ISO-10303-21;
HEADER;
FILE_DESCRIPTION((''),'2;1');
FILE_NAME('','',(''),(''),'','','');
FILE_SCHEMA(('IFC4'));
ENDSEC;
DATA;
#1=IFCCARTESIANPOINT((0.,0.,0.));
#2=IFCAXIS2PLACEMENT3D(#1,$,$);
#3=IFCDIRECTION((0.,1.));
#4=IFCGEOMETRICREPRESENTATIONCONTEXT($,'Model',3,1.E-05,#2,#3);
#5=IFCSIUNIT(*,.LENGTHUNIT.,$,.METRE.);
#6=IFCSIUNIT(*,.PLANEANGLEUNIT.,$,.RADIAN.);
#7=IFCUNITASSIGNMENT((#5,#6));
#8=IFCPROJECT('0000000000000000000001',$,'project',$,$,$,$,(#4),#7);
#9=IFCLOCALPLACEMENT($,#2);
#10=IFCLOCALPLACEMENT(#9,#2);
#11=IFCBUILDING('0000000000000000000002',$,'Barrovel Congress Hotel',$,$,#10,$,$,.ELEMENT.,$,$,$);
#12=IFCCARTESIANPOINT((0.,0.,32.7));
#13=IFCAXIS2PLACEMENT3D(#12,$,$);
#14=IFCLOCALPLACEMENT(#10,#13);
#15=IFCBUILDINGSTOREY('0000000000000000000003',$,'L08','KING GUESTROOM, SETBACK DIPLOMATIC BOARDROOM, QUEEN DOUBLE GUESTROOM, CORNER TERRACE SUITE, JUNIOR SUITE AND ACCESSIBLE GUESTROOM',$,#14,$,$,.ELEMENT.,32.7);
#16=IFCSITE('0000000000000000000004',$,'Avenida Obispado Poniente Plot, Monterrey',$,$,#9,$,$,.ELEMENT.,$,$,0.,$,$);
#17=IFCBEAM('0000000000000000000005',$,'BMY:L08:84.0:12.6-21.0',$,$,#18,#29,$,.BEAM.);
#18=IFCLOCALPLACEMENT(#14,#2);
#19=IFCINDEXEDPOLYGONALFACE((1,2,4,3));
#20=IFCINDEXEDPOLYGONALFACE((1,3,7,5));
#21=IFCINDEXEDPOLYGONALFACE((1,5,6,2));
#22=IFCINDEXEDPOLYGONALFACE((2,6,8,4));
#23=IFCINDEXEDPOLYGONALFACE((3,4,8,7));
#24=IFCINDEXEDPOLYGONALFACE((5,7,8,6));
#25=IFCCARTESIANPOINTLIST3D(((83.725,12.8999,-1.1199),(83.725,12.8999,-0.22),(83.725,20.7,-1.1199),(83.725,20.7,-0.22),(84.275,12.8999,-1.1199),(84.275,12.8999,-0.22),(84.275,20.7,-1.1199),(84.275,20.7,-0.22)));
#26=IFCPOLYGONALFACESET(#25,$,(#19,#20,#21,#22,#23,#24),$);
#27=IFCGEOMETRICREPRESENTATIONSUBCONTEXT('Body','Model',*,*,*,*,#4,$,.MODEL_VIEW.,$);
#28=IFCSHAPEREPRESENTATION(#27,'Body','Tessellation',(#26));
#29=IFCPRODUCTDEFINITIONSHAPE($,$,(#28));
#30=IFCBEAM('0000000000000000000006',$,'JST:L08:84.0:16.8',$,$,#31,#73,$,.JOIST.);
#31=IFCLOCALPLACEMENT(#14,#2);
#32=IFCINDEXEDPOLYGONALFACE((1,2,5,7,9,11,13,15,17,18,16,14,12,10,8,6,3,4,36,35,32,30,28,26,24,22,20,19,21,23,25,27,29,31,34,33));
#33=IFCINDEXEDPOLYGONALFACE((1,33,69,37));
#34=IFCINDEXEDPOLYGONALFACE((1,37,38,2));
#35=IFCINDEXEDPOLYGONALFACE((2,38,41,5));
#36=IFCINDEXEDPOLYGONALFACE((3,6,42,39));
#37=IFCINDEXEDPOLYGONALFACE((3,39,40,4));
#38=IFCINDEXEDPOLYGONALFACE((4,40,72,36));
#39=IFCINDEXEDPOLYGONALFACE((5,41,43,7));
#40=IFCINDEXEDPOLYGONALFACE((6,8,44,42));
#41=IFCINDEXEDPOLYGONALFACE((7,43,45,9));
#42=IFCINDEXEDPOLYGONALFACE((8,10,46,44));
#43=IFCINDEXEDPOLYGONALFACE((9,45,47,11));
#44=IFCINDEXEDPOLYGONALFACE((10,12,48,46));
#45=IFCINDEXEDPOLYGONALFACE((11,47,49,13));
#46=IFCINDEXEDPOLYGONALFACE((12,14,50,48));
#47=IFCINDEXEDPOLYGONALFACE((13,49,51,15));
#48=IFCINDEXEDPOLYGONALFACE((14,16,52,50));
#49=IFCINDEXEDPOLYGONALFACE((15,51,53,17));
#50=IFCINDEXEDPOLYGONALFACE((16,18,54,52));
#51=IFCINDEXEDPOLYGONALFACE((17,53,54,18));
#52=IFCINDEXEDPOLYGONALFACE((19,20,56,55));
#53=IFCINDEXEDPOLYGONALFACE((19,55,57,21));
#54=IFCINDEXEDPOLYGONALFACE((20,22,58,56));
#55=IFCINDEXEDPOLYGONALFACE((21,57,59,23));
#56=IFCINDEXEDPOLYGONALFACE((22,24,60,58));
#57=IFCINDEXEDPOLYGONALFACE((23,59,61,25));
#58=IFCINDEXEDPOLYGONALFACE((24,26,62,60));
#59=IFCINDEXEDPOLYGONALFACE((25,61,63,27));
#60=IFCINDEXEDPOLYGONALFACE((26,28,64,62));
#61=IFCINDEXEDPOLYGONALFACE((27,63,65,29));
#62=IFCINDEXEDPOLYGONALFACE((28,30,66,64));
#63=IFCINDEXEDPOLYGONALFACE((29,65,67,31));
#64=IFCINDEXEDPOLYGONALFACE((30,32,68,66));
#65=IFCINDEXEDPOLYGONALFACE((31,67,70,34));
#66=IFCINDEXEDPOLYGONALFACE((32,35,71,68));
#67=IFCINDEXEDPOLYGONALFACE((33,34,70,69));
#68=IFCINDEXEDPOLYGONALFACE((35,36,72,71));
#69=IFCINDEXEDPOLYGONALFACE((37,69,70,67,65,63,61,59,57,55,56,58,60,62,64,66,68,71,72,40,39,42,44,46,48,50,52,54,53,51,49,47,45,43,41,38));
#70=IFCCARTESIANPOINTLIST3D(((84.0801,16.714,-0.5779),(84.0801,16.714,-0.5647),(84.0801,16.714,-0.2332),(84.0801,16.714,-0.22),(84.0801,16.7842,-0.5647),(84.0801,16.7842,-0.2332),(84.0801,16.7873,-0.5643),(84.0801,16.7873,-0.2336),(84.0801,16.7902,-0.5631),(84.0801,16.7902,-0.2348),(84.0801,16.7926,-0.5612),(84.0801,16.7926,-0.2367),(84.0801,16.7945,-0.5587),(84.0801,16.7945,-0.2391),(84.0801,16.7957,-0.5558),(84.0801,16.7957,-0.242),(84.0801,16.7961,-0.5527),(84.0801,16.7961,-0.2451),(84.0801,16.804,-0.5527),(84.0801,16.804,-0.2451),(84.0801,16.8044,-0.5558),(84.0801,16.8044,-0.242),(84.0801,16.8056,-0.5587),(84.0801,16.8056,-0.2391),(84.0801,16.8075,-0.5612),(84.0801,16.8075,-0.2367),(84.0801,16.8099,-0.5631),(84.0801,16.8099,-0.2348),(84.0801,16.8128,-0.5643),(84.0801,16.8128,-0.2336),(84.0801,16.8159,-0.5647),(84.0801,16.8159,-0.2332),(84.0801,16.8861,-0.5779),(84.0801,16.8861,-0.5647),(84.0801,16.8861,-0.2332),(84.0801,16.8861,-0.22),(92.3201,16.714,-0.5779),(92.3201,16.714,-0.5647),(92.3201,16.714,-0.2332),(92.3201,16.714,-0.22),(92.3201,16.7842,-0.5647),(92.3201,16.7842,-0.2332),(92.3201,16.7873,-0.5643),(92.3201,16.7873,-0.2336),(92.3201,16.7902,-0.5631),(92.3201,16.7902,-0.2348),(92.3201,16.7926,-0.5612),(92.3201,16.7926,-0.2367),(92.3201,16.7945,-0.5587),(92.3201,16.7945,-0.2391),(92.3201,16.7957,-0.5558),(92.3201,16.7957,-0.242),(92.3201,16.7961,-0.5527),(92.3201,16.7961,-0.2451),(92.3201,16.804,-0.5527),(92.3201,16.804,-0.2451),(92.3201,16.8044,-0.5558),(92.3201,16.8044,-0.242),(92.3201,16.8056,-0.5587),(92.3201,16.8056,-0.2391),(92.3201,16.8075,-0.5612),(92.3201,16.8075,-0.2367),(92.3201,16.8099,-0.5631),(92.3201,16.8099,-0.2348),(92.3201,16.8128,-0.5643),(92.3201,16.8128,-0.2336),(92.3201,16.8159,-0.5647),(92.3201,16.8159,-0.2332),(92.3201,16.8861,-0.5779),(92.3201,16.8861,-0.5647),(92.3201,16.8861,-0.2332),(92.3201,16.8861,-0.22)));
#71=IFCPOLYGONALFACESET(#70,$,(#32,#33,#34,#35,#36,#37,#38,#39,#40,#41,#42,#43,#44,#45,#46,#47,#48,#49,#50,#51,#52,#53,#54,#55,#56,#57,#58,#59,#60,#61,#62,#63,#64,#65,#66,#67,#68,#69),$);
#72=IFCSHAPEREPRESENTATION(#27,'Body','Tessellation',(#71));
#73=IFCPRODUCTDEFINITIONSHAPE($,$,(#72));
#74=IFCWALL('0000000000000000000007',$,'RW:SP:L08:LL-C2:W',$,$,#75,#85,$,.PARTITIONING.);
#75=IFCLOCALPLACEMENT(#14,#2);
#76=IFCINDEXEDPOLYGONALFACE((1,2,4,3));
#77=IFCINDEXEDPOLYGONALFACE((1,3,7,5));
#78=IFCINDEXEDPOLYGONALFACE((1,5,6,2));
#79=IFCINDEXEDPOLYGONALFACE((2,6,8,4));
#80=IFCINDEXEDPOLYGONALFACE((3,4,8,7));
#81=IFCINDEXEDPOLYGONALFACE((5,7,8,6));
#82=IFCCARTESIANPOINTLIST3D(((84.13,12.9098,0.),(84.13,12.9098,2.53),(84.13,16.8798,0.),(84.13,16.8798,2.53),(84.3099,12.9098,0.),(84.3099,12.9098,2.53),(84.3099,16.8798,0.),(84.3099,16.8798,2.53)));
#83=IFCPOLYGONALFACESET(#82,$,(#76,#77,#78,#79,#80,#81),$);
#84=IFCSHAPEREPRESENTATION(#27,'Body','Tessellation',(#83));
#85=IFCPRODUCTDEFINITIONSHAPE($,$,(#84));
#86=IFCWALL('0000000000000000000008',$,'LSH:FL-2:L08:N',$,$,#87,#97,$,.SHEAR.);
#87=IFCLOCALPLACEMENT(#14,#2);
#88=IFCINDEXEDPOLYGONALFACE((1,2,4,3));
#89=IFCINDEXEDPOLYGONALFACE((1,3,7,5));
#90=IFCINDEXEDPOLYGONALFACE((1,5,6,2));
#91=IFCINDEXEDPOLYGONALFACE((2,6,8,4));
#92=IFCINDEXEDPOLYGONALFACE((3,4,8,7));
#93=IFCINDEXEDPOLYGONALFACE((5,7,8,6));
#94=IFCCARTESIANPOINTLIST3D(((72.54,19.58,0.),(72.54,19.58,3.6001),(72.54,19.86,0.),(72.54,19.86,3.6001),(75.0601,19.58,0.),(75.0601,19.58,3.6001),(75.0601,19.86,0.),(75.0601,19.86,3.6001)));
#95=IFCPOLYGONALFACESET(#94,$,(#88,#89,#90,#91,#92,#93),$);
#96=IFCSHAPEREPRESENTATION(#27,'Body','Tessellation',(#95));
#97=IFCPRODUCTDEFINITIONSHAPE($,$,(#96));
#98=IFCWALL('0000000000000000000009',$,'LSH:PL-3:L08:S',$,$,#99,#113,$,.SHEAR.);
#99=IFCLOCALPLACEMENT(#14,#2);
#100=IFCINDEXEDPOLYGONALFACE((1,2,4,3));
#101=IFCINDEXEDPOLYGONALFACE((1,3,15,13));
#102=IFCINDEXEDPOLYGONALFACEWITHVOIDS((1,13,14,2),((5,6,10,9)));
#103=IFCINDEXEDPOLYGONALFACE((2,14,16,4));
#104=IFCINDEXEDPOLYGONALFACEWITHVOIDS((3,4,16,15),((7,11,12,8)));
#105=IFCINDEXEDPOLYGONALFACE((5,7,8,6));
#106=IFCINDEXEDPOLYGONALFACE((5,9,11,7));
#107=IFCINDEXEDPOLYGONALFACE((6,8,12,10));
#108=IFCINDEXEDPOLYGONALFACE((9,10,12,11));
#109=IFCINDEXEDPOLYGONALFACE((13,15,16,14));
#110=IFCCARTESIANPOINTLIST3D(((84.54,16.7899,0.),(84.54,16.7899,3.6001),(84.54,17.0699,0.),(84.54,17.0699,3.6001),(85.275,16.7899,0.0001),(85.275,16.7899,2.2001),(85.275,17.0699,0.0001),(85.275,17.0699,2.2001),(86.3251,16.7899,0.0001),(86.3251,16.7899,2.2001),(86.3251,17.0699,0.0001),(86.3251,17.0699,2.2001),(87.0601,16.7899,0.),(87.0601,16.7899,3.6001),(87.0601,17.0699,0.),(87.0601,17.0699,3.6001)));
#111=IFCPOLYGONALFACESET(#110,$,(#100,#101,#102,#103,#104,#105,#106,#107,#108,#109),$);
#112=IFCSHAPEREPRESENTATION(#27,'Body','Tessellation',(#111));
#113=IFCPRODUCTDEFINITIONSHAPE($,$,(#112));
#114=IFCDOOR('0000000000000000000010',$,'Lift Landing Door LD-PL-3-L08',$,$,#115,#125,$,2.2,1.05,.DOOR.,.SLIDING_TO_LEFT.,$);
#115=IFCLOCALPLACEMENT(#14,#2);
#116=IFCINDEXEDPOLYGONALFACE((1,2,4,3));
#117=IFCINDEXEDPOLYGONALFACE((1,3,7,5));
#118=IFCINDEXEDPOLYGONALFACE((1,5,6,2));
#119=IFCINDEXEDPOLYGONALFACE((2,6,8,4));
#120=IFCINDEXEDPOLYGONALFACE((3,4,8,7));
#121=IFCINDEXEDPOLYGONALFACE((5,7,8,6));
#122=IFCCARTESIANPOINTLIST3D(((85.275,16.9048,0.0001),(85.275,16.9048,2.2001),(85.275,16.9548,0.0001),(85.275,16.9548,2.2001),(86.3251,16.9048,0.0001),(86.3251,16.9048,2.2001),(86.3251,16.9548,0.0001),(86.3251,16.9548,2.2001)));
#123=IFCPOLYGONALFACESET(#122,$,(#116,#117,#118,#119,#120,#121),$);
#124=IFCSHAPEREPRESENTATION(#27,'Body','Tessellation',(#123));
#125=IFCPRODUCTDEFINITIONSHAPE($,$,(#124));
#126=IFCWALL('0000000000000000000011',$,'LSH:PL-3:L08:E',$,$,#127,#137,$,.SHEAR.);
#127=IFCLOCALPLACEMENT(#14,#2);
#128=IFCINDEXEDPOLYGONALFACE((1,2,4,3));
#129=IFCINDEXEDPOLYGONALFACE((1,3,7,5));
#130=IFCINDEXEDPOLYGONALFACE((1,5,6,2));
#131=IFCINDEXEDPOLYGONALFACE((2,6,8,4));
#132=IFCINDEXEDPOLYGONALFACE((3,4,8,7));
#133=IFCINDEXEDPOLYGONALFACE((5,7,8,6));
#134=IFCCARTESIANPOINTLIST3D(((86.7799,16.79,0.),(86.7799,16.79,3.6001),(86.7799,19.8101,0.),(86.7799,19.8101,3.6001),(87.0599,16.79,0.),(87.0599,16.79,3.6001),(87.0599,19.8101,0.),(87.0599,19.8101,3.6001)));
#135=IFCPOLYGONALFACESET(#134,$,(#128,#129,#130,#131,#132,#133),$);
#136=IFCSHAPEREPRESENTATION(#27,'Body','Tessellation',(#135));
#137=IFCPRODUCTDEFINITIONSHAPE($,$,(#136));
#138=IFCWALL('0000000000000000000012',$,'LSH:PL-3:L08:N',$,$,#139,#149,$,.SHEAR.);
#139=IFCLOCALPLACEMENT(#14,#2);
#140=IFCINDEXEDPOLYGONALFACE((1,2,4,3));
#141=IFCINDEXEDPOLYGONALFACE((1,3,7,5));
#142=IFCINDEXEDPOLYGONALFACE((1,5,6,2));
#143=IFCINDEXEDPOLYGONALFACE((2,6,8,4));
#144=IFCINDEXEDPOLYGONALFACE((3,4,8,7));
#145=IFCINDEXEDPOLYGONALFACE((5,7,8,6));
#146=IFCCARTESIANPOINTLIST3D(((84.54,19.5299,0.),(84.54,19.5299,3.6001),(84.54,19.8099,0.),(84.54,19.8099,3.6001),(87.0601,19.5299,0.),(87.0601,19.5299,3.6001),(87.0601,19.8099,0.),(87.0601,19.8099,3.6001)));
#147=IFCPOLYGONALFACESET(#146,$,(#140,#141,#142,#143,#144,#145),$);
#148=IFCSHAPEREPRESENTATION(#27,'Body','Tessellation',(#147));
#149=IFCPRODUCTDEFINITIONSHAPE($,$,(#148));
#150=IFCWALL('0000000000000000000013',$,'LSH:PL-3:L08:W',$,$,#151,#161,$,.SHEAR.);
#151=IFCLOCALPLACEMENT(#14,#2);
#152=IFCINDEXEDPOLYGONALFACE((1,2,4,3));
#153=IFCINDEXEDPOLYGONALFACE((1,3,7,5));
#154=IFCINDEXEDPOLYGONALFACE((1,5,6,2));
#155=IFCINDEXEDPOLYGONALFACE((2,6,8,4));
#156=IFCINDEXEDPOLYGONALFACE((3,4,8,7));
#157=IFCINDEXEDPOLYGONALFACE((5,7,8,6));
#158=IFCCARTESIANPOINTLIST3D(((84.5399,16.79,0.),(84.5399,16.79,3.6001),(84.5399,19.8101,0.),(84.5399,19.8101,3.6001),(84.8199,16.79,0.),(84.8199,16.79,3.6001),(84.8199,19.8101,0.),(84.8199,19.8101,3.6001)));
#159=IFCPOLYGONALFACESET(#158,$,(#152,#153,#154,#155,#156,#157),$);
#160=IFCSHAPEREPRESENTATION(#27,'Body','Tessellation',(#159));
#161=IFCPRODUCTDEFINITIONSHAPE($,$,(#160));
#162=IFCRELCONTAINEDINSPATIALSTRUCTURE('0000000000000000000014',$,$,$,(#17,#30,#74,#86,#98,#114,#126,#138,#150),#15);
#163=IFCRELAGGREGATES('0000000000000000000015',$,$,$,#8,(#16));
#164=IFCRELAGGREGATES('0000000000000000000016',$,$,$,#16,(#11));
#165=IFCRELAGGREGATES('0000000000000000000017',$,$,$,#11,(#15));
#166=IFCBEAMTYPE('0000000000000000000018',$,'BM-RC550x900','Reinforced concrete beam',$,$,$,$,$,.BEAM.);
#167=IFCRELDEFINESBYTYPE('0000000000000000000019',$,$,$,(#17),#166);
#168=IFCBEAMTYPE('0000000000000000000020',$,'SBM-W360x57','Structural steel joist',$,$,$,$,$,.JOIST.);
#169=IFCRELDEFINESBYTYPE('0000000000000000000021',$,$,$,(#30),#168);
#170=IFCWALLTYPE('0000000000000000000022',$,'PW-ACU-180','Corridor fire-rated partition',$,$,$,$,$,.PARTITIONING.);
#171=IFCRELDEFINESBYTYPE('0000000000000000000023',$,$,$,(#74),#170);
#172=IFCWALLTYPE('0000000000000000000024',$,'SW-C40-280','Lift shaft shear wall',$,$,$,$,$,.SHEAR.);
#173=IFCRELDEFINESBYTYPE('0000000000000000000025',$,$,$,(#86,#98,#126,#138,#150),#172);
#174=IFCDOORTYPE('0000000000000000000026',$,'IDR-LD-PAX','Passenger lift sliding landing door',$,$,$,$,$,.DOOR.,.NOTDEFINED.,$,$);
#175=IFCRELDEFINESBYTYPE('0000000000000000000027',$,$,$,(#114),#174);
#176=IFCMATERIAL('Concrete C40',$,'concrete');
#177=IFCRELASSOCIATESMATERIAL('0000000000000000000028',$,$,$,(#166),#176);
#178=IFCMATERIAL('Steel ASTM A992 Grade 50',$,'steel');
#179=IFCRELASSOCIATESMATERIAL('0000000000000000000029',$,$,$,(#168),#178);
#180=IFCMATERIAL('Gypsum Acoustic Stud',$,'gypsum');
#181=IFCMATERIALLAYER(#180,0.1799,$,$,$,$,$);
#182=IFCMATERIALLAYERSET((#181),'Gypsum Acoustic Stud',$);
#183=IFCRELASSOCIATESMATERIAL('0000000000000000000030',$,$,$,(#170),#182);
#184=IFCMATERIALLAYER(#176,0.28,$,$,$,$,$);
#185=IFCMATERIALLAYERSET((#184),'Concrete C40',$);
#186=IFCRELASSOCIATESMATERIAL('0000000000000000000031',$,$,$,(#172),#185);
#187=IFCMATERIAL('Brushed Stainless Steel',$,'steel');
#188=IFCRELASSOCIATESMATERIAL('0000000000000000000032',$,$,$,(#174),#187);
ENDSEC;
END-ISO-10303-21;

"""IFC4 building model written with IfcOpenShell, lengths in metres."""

from ifc_helpers import new_model, si_unit, direction, frame, frame_2d, origin, origin_2d, place, context, subcontext, project, spatial, rectangle, i_section, extrude, material, layer, layer_set, material_profile, profile_set, type_object, element, fill, save


model = new_model("IFC4")

# Units and contexts
model_context = context("Model", 3, precision=1e-05, world=origin(), true_north=direction((0.0, 1.0)))
body_context = subcontext(model_context, "Body", "Model", "MODEL_VIEW")
ifc_project = project(units=[si_unit("LENGTHUNIT", "METRE"), si_unit("PLANEANGLEUNIT", "RADIAN")], contexts=[model_context])

# Site, building, storey
site_placement = place(None, origin())
site = spatial("IfcSite", under=ifc_project, at=site_placement, Name="Avenida Obispado Poniente Plot, Monterrey", CompositionType="ELEMENT", RefElevation=0.0)
building_placement = place(site_placement, origin())
building = spatial("IfcBuilding", under=site, at=building_placement, Name="Barrovel Congress Hotel", CompositionType="ELEMENT")
storey_placement = place(building_placement, frame((0.0, 0.0, 32.7)))
storey = spatial("IfcBuildingStorey", under=building, at=storey_placement, Name="L08", Description="KING GUESTROOM, SETBACK DIPLOMATIC BOARDROOM, QUEEN DOUBLE GUESTROOM, CORNER TERRACE SUITE, JUNIOR SUITE AND ACCESSIBLE GUESTROOM", CompositionType="ELEMENT", Elevation=32.7)

# Beams
ifc_material_1 = material(Name="Concrete C40", Category="concrete")
ifc_material_profile_1 = material_profile(ifc_material_1, rectangle(XDim=0.55, YDim=0.8999, at=origin_2d()), Name="RC550x900")
ifc_profile_set_1 = profile_set([ifc_material_profile_1], Name="Concrete C40")
beam_type_1 = type_object("IfcBeamType", Name="BM-RC550x900", Description="Reinforced concrete beam", PredefinedType="BEAM", material=ifc_profile_set_1)
beam_1_placement = place(storey_placement, frame((84.0, 12.8999, -0.6699), z_axis=(0.0, 1.0, 0.0), x_axis=(-1.0, 0.0, 0.0)))
element("IfcBeam", 1, at=beam_1_placement, inside=storey, type_object=beam_type_1, Name="BMY:L08:84.0:12.6-21.0", PredefinedType="BEAM", context=body_context, shape_type="SweptSolid", body=[
    extrude(rectangle(XDim=0.55, YDim=0.8999, at=origin_2d()), origin(), (0.0, 0.0, 1.0), 7.8),
])
ifc_material_2 = material(Name="Steel ASTM A992 Grade 50", Category="steel")
ifc_material_profile_2 = material_profile(ifc_material_2, i_section(OverallWidth=0.1721, OverallDepth=0.3579, WebThickness=0.0078, FlangeThickness=0.0132, FilletRadius=0.012, at=origin_2d()), Name="W360x57")
ifc_profile_set_2 = profile_set([ifc_material_profile_2], Name="Steel ASTM A992 Grade 50")
beam_type_2 = type_object("IfcBeamType", Name="SBM-W360x57", Description="Structural steel joist", PredefinedType="JOIST", material=ifc_profile_set_2)
beam_2_placement = place(storey_placement, frame((84.0801, 16.8, -0.3989), z_axis=(1.0, 0.0, 0.0), x_axis=(0.0, 1.0, 0.0)))
element("IfcBeam", 2, at=beam_2_placement, inside=storey, type_object=beam_type_2, Name="JST:L08:84.0:16.8", PredefinedType="JOIST", context=body_context, shape_type="SweptSolid", body=[
    extrude(i_section(OverallWidth=0.1721, OverallDepth=0.3579, WebThickness=0.0078, FlangeThickness=0.0132, FilletRadius=0.012, at=origin_2d()), origin(), (0.0, 0.0, 1.0), 8.24),
])

# Walls
ifc_material_3 = material(Name="Gypsum Acoustic Stud", Category="gypsum")
ifc_layer_1 = layer(ifc_material_3, 0.1799)
ifc_layer_set_1 = layer_set([ifc_layer_1], Name="Gypsum Acoustic Stud")
wall_type_1 = type_object("IfcWallType", Name="PW-ACU-180", Description="Corridor fire-rated partition", PredefinedType="PARTITIONING", material=ifc_layer_set_1)
wall_1_placement = place(storey_placement, frame((84.22, 12.9099, 0.0), z_axis=(0.0, 0.0, 1.0), x_axis=(0.0, 1.0, 0.0)))
element("IfcWall", 3, at=wall_1_placement, inside=storey, type_object=wall_type_1, Name="RW:SP:L08:LL-C2:W", PredefinedType="PARTITIONING", context=body_context, shape_type="SweptSolid", body=[
    extrude(rectangle(XDim=3.97, YDim=0.1799, at=frame_2d((1.9849, 0.0))), origin(), (0.0, 0.0, 1.0), 2.53),
])
ifc_layer_2 = layer(ifc_material_1, 0.28)
ifc_layer_set_2 = layer_set([ifc_layer_2], Name="Concrete C40")
wall_type_2 = type_object("IfcWallType", Name="SW-C40-280", Description="Lift shaft shear wall", PredefinedType="SHEAR", material=ifc_layer_set_2)
wall_2_placement = place(storey_placement, frame((75.0601, 19.72, 0.0), z_axis=(0.0, 0.0, 1.0), x_axis=(-1.0, 0.0, 0.0)))
element("IfcWall", 4, at=wall_2_placement, inside=storey, type_object=wall_type_2, Name="LSH:FL-2:L08:N", PredefinedType="SHEAR", context=body_context, shape_type="SweptSolid", body=[
    extrude(rectangle(XDim=2.52, YDim=0.28, at=frame_2d((1.26, 0.0))), origin(), (0.0, 0.0, 1.0), 3.6001),
])

# Wall, opening, door
wall_3_placement = place(storey_placement, frame((84.54, 16.9299, 0.0), z_axis=(0.0, 0.0, 1.0), x_axis=(1.0, 0.0, 0.0)))
wall_3 = element("IfcWall", 5, at=wall_3_placement, inside=storey, type_object=wall_type_2, Name="LSH:PL-3:L08:S", PredefinedType="SHEAR", context=body_context, shape_type="SweptSolid", body=[
    extrude(rectangle(XDim=2.52, YDim=0.28, at=frame_2d((1.26, 0.0))), origin(), (0.0, 0.0, 1.0), 3.6001),
])
opening_1_placement = place(wall_3_placement, frame((0.7351, 0.0, 0.0)))
opening_1 = element("IfcOpeningElement", 6, at=opening_1_placement, cuts=wall_3, PredefinedType="OPENING", context=body_context, shape_type="SweptSolid", body=[
    extrude(rectangle(XDim=1.05, YDim=2.2, at=frame_2d((0.5249, 1.1001))), frame((0.0, 0.1499, 0.0), z_axis=(0.0, -1.0, 0.0), x_axis=(1.0, 0.0, 0.0)), (0.0, 0.0, 1.0), 0.3),
])
ifc_material_4 = material(Name="Brushed Stainless Steel", Category="steel")
door_type_1 = type_object("IfcDoorType", Name="IDR-LD-PAX", Description="Passenger lift sliding landing door", OperationType="NOTDEFINED", PredefinedType="DOOR", material=ifc_material_4)
door_1_placement = place(opening_1_placement, origin())
door_1 = element("IfcDoor", 7, at=door_1_placement, inside=storey, type_object=door_type_1, Name="Lift Landing Door LD-PL-3-L08", OperationType="SLIDING_TO_LEFT", OverallHeight=2.2, OverallWidth=1.05, PredefinedType="DOOR", context=body_context, shape_type="SweptSolid", body=[
    extrude(rectangle(XDim=1.05, YDim=2.2, at=frame_2d((0.5249, 1.1001))), frame((0.0, 0.0249, 0.0), z_axis=(0.0, -1.0, 0.0), x_axis=(1.0, 0.0, 0.0)), (0.0, 0.0, 1.0), 0.05),
])
fill(opening_1, door_1)

# Walls
wall_4_placement = place(storey_placement, frame((86.9199, 16.79, 0.0), z_axis=(0.0, 0.0, 1.0), x_axis=(0.0, 1.0, 0.0)))
element("IfcWall", 8, at=wall_4_placement, inside=storey, type_object=wall_type_2, Name="LSH:PL-3:L08:E", PredefinedType="SHEAR", context=body_context, shape_type="SweptSolid", body=[
    extrude(rectangle(XDim=3.02, YDim=0.28, at=frame_2d((1.51, 0.0))), origin(), (0.0, 0.0, 1.0), 3.6001),
])
wall_5_placement = place(storey_placement, frame((87.0601, 19.6699, 0.0), z_axis=(0.0, 0.0, 1.0), x_axis=(-1.0, 0.0, 0.0)))
element("IfcWall", 9, at=wall_5_placement, inside=storey, type_object=wall_type_2, Name="LSH:PL-3:L08:N", PredefinedType="SHEAR", context=body_context, shape_type="SweptSolid", body=[
    extrude(rectangle(XDim=2.52, YDim=0.28, at=frame_2d((1.26, 0.0))), origin(), (0.0, 0.0, 1.0), 3.6001),
])
wall_6_placement = place(storey_placement, frame((84.6799, 19.8101, 0.0), z_axis=(0.0, 0.0, 1.0), x_axis=(0.0, -1.0, 0.0)))
element("IfcWall", 10, at=wall_6_placement, inside=storey, type_object=wall_type_2, Name="LSH:PL-3:L08:W", PredefinedType="SHEAR", context=body_context, shape_type="SweptSolid", body=[
    extrude(rectangle(XDim=3.02, YDim=0.28, at=frame_2d((1.51, 0.0))), origin(), (0.0, 0.0, 1.0), 3.6001),
])

save(model, "model.ifc")
